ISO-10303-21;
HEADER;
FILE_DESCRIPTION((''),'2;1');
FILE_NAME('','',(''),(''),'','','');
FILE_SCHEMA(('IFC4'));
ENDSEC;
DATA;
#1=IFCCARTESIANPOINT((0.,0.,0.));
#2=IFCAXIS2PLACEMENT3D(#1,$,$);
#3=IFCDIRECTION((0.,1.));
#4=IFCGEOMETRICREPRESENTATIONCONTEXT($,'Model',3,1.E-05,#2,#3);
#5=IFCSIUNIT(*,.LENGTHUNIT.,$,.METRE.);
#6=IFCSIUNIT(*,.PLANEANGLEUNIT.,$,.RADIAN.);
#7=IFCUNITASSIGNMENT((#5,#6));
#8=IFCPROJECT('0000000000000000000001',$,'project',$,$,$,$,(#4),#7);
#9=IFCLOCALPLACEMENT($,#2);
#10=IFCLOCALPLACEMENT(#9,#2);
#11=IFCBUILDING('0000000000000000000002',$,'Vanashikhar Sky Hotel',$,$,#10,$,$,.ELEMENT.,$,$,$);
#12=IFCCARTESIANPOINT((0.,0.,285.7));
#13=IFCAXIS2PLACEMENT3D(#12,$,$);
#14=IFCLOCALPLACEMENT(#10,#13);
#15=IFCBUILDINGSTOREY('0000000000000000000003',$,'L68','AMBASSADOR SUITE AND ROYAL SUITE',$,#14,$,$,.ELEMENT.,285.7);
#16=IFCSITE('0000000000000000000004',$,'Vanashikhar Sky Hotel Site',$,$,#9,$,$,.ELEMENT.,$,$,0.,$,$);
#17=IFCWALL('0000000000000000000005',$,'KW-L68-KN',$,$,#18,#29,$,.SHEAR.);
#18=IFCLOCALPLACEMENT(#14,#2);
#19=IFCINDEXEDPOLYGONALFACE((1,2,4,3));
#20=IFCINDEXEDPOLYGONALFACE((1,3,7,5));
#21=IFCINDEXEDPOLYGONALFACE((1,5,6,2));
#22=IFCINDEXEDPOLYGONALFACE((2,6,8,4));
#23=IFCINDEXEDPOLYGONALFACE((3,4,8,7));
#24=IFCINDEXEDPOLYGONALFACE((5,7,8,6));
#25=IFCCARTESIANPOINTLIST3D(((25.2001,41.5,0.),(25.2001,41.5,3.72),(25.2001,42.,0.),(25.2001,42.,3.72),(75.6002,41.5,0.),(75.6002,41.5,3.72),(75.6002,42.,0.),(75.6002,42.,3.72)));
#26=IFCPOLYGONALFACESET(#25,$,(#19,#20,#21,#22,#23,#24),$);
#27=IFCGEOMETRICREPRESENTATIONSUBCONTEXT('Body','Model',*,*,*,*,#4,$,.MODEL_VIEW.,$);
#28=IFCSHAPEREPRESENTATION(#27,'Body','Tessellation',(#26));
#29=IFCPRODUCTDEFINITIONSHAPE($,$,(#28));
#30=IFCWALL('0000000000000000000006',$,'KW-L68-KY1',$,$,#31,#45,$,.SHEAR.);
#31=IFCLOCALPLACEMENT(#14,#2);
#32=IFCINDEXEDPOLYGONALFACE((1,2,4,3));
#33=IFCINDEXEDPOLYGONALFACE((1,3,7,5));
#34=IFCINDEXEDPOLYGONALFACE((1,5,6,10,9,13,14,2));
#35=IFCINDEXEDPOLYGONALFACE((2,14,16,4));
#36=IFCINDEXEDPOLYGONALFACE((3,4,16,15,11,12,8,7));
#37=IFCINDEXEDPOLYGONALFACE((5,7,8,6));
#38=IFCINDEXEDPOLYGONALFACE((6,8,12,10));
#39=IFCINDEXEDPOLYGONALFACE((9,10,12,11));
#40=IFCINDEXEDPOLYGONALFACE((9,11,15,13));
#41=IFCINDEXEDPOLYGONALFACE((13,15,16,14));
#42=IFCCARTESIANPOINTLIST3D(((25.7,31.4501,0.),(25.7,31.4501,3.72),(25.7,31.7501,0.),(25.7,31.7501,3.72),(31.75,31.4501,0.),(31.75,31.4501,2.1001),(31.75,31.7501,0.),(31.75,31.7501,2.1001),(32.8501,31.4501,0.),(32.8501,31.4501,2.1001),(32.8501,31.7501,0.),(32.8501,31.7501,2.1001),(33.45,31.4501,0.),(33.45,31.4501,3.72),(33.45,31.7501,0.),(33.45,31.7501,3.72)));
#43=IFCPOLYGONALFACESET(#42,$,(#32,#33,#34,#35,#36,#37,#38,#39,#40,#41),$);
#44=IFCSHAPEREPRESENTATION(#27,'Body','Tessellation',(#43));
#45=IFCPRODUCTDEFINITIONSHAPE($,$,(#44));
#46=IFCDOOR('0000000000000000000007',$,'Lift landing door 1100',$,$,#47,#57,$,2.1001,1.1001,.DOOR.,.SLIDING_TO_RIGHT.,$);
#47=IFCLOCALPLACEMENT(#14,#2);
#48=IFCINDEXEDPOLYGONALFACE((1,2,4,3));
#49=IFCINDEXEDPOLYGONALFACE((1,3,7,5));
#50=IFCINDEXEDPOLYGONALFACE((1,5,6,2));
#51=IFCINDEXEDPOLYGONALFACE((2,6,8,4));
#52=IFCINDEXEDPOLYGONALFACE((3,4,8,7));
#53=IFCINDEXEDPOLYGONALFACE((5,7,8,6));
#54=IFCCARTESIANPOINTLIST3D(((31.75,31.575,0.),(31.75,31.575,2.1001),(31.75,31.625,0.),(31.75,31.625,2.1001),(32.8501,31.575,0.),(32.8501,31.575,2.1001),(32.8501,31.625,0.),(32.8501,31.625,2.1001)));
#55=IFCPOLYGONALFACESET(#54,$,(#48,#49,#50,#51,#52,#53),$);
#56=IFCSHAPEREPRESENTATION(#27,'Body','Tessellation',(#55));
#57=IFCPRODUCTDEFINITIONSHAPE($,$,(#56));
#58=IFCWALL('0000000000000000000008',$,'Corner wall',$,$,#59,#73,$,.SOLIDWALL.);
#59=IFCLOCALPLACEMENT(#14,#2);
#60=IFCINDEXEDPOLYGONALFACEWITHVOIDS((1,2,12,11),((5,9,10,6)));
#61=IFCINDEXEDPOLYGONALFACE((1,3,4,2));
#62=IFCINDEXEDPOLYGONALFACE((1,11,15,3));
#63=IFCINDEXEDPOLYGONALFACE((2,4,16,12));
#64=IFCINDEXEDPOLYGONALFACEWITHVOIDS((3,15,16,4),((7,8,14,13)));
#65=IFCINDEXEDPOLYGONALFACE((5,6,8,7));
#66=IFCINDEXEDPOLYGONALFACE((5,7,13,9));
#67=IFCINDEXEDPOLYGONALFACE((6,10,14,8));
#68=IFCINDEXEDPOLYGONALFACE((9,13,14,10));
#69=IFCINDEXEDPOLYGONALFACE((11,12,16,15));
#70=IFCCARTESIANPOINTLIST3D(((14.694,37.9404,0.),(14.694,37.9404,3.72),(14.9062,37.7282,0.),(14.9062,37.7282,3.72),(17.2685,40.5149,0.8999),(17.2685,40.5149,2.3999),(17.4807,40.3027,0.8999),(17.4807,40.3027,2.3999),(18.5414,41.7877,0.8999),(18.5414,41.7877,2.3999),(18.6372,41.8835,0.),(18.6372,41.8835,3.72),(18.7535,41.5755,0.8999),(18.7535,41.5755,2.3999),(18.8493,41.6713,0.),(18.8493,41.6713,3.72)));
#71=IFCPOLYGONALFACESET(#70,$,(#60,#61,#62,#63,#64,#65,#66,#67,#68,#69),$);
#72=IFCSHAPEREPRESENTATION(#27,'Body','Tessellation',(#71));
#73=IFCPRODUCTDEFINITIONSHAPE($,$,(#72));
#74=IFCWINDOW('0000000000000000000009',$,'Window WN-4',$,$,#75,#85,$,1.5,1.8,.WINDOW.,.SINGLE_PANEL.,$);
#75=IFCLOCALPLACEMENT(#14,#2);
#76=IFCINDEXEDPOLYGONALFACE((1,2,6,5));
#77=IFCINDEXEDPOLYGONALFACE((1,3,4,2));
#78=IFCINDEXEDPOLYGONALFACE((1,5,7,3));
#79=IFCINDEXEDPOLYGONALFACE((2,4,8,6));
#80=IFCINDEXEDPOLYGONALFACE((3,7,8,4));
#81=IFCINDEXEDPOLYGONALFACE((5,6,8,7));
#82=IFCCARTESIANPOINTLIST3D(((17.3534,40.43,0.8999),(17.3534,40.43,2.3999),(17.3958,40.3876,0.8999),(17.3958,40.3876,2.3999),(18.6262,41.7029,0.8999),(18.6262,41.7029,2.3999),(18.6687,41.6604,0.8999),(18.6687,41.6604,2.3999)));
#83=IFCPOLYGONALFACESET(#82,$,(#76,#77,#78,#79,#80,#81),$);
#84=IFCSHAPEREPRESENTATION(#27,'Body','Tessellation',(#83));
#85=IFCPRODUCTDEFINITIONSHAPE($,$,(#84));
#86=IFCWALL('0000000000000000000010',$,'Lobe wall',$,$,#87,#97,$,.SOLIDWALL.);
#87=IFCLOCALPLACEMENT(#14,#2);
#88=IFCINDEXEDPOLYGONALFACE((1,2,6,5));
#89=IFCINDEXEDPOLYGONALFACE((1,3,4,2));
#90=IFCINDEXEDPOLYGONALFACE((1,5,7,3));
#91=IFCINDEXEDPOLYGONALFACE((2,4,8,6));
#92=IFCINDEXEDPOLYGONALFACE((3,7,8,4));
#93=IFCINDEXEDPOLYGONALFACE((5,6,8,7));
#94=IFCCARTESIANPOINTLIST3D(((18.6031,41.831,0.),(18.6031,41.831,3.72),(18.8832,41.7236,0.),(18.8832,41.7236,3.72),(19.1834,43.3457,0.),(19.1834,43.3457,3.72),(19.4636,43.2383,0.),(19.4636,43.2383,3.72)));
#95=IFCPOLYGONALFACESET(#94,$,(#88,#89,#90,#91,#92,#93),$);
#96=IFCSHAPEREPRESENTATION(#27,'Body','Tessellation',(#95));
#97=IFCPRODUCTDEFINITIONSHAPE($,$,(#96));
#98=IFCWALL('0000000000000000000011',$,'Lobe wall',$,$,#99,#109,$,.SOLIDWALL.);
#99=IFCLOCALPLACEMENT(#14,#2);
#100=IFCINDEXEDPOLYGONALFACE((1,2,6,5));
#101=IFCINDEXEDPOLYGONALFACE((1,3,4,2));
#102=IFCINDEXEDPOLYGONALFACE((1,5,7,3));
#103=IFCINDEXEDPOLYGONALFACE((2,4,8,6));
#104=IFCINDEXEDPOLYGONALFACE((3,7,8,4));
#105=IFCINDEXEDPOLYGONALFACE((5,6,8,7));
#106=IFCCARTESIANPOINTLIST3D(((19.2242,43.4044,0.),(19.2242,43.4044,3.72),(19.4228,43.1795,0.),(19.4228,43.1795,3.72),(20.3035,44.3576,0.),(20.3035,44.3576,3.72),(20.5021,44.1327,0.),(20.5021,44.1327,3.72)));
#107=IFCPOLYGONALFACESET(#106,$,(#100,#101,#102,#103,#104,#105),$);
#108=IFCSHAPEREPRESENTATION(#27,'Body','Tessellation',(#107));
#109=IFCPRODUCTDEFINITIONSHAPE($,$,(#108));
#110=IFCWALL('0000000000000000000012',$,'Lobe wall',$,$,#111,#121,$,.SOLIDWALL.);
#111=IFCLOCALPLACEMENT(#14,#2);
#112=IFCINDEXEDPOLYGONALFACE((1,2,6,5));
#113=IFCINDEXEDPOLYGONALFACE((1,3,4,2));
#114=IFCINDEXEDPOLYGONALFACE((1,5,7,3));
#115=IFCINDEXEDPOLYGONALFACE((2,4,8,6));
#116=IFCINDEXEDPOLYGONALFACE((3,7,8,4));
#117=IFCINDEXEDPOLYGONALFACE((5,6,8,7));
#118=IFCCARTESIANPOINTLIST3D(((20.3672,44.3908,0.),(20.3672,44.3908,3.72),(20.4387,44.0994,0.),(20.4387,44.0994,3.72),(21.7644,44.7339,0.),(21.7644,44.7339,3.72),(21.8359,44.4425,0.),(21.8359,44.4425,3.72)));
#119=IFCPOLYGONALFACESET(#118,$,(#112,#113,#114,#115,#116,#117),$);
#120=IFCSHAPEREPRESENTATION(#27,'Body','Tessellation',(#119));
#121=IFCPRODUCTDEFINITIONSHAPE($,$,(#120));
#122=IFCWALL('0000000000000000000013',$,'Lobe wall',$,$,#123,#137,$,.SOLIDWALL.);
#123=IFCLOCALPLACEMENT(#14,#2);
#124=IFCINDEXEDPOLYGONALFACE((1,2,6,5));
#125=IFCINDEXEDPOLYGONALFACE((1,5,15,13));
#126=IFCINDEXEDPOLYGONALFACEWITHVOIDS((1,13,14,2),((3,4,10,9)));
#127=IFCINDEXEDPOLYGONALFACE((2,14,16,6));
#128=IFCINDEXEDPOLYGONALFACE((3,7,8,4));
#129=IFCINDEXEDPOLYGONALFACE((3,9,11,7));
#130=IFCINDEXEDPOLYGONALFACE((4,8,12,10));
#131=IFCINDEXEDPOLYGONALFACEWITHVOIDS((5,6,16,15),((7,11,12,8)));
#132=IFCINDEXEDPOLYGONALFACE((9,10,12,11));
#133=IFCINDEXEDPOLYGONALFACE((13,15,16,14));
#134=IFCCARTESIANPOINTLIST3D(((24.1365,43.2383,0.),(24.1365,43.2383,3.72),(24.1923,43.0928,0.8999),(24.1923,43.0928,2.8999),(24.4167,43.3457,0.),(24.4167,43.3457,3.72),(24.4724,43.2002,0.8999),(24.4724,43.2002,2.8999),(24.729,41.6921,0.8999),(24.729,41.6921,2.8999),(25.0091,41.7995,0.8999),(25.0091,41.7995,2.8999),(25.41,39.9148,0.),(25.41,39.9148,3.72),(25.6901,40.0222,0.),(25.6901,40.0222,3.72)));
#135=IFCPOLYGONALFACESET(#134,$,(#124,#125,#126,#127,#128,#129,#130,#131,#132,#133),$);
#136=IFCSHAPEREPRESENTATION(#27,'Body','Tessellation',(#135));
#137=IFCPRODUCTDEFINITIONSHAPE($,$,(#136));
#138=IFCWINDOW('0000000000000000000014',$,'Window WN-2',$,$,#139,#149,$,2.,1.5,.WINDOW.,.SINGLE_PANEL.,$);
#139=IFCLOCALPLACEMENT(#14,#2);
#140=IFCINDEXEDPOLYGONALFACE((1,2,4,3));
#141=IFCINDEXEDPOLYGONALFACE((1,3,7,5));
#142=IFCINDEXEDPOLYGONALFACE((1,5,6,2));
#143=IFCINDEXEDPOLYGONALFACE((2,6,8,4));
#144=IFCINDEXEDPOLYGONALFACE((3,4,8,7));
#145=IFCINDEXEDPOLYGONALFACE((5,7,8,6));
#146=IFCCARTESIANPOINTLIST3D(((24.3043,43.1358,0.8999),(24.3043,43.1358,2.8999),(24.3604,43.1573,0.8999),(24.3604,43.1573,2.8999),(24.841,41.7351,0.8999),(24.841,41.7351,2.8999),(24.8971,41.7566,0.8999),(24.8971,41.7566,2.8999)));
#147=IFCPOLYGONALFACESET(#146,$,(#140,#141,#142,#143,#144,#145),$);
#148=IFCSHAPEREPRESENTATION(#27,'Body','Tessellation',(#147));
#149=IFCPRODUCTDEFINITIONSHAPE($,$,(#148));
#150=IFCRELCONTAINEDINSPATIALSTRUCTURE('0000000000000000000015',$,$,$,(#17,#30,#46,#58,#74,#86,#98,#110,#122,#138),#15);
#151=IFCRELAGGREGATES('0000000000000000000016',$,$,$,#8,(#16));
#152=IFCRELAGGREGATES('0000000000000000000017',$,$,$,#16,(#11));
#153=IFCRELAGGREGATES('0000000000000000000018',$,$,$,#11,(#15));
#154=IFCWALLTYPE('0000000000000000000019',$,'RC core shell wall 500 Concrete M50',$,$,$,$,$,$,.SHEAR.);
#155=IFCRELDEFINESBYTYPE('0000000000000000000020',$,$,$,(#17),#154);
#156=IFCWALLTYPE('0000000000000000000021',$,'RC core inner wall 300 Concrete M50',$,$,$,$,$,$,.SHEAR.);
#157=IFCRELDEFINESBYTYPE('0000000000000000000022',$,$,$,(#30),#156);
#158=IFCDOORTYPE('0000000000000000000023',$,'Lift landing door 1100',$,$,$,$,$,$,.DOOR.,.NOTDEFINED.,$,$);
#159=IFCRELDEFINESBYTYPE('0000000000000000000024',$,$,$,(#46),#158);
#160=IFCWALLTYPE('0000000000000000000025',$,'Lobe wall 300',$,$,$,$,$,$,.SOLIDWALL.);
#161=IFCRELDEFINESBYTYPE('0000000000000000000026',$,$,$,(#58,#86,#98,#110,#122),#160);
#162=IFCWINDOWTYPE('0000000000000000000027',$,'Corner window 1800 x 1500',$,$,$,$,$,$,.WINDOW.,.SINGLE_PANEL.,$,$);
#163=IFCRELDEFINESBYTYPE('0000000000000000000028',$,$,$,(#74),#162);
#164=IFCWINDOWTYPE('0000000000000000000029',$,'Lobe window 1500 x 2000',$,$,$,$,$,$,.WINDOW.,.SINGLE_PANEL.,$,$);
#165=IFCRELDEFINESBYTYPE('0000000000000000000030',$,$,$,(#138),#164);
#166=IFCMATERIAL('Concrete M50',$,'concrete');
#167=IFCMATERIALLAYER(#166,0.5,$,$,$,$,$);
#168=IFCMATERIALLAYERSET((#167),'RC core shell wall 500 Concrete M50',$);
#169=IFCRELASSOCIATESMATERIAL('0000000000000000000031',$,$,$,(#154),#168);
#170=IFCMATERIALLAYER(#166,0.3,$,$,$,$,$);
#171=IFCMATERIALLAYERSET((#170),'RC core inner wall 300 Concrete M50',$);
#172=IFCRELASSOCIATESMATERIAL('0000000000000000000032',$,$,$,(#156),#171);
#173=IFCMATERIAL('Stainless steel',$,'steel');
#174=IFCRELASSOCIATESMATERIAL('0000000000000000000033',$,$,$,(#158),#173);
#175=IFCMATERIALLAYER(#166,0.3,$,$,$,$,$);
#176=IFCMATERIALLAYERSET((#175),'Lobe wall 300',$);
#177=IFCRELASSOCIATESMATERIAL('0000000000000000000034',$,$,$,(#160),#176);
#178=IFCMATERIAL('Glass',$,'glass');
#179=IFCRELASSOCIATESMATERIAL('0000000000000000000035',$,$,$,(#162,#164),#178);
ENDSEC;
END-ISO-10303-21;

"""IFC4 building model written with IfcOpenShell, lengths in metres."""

from ifc_helpers import new_model, si_unit, direction, frame, frame_2d, origin, place, context, subcontext, project, spatial, rectangle, extrude, source, transform, mapped, material, layer, layer_set, type_object, element, fill, save


model = new_model("IFC4")

# Units and contexts
model_context = context("Model", 3, precision=1e-05, world=origin(), true_north=direction((0.0, 1.0)))
body_context = subcontext(model_context, "Body", "Model", "MODEL_VIEW")
ifc_project = project(units=[si_unit("LENGTHUNIT", "METRE"), si_unit("PLANEANGLEUNIT", "RADIAN")], contexts=[model_context])

# Site, building, storey
site_placement = place(None, origin())
site = spatial("IfcSite", under=ifc_project, at=site_placement, Name="Vanashikhar Sky Hotel Site", CompositionType="ELEMENT", RefElevation=0.0)
building_placement = place(site_placement, origin())
building = spatial("IfcBuilding", under=site, at=building_placement, Name="Vanashikhar Sky Hotel", CompositionType="ELEMENT")
storey_placement = place(building_placement, frame((0.0, 0.0, 285.7)))
storey = spatial("IfcBuildingStorey", under=building, at=storey_placement, Name="L68", Description="AMBASSADOR SUITE AND ROYAL SUITE", CompositionType="ELEMENT", Elevation=285.7)

# Wall
ifc_material_1 = material(Name="Concrete M50", Category="concrete")
ifc_layer_1 = layer(ifc_material_1, 0.5)
ifc_layer_set_1 = layer_set([ifc_layer_1], Name="RC core shell wall 500 Concrete M50")
wall_type_1 = type_object("IfcWallType", Name="RC core shell wall 500 Concrete M50", PredefinedType="SHEAR", material=ifc_layer_set_1)
shared_shape_1 = source(origin(), body_context, "Body", "SweptSolid", [
    extrude(rectangle(XDim=50.4001, YDim=0.5, at=frame_2d((25.2002, 0.0))), origin(), (0.0, 0.0, 1.0), 3.72),
])
wall_1_placement = place(storey_placement, frame((25.2, 41.75, 0.0), z_axis=(0.0, 0.0, 1.0), x_axis=(1.0, 0.0, 0.0)))
element("IfcWall", 1, at=wall_1_placement, inside=storey, type_object=wall_type_1, Name="KW-L68-KN", PredefinedType="SHEAR", context=body_context, shape_type="MappedRepresentation", body=[
    mapped(shared_shape_1, transform((0.0, 0.0, 0.0), scale=1.0)),
])

# Wall, opening, door
ifc_layer_2 = layer(ifc_material_1, 0.3)
ifc_layer_set_2 = layer_set([ifc_layer_2], Name="RC core inner wall 300 Concrete M50")
wall_type_2 = type_object("IfcWallType", Name="RC core inner wall 300 Concrete M50", PredefinedType="SHEAR", material=ifc_layer_set_2)
shared_shape_2 = source(origin(), body_context, "Body", "SweptSolid", [
    extrude(rectangle(XDim=7.75, YDim=0.3, at=frame_2d((3.875, 0.0))), origin(), (0.0, 0.0, 1.0), 3.72),
])
wall_2_placement = place(storey_placement, frame((25.7, 31.6001, 0.0), z_axis=(0.0, 0.0, 1.0), x_axis=(1.0, 0.0, 0.0)))
wall_2 = element("IfcWall", 2, at=wall_2_placement, inside=storey, type_object=wall_type_2, Name="KW-L68-KY1", PredefinedType="SHEAR", context=body_context, shape_type="MappedRepresentation", body=[
    mapped(shared_shape_2, transform((0.0, 0.0, 0.0), scale=1.0)),
])
shared_shape_3 = source(origin(), body_context, "Body", "SweptSolid", [
    extrude(rectangle(XDim=1.1001, YDim=2.1001, at=frame_2d((0.55, 1.05))), frame((0.0, 0.1602, 0.0), z_axis=(0.0, -1.0, 0.0), x_axis=(1.0, 0.0, 0.0)), (0.0, 0.0, 1.0), 0.3201),
])
opening_1_placement = place(wall_2_placement, frame((6.05, 0.0, 0.0)))
opening_1 = element("IfcOpeningElement", 3, at=opening_1_placement, cuts=wall_2, PredefinedType="OPENING", context=body_context, shape_type="MappedRepresentation", body=[
    mapped(shared_shape_3, transform((0.0, 0.0, 0.0), scale=1.0)),
])
ifc_material_2 = material(Name="Stainless steel", Category="steel")
door_type_1 = type_object("IfcDoorType", Name="Lift landing door 1100", OperationType="NOTDEFINED", PredefinedType="DOOR", material=ifc_material_2)
shared_shape_4 = source(origin(), body_context, "Body", "SweptSolid", [
    extrude(rectangle(XDim=1.1001, YDim=2.1001, at=frame_2d((0.55, 1.05))), frame((0.0, 0.0249, 0.0), z_axis=(0.0, -1.0, 0.0), x_axis=(1.0, 0.0, 0.0)), (0.0, 0.0, 1.0), 0.05),
])
door_1_placement = place(opening_1_placement, origin())
door_1 = element("IfcDoor", 4, at=door_1_placement, inside=storey, type_object=door_type_1, Name="Lift landing door 1100", OperationType="SLIDING_TO_RIGHT", OverallHeight=2.1001, OverallWidth=1.1001, PredefinedType="DOOR", context=body_context, shape_type="MappedRepresentation", body=[
    mapped(shared_shape_4, transform((0.0, 0.0, 0.0), scale=1.0)),
])
fill(opening_1, door_1)

# Wall, opening, window
ifc_layer_3 = layer(ifc_material_1, 0.3)
ifc_layer_set_3 = layer_set([ifc_layer_3], Name="Lobe wall 300")
wall_type_3 = type_object("IfcWallType", Name="Lobe wall 300", PredefinedType="SOLIDWALL", material=ifc_layer_set_3)
shared_shape_5 = source(origin(), body_context, "Body", "SweptSolid", [
    extrude(rectangle(XDim=5.5764, YDim=0.3, at=frame_2d((2.7881, 0.0))), origin(), (0.0, 0.0, 1.0), 3.72),
])
wall_3_placement = place(storey_placement, frame((18.7432, 41.7773, 0.0), z_axis=(0.0, 0.0, 1.0), x_axis=(-0.707107, -0.707107, 0.0)))
wall_3 = element("IfcWall", 5, at=wall_3_placement, inside=storey, type_object=wall_type_3, Name="Corner wall", PredefinedType="SOLIDWALL", context=body_context, shape_type="MappedRepresentation", body=[
    mapped(shared_shape_5, transform((0.0, 0.0, 0.0), scale=1.0)),
])
shared_shape_6 = source(origin(), body_context, "Body", "SweptSolid", [
    extrude(rectangle(XDim=1.8, YDim=1.5, at=frame_2d((0.8999, 0.75))), frame((0.0, 0.1602, 0.0), z_axis=(0.0, -1.0, 0.0), x_axis=(1.0, 0.0, 0.0)), (0.0, 0.0, 1.0), 0.3201),
])
opening_2_placement = place(wall_3_placement, frame((0.1355, 0.0, 0.8999)))
opening_2 = element("IfcOpeningElement", 6, at=opening_2_placement, cuts=wall_3, PredefinedType="OPENING", context=body_context, shape_type="MappedRepresentation", body=[
    mapped(shared_shape_6, transform((0.0, 0.0, 0.0), scale=1.0)),
])
ifc_material_3 = material(Name="Glass", Category="glass")
window_type_1 = type_object("IfcWindowType", Name="Corner window 1800 x 1500", PartitioningType="SINGLE_PANEL", PredefinedType="WINDOW", material=ifc_material_3)
shared_shape_7 = source(origin(), body_context, "Body", "SweptSolid", [
    extrude(rectangle(XDim=1.8, YDim=1.5, at=frame_2d((0.8999, 0.75))), frame((0.0, 0.03, 0.0), z_axis=(0.0, -1.0, 0.0), x_axis=(1.0, 0.0, 0.0)), (0.0, 0.0, 1.0), 0.0601),
])
window_1_placement = place(opening_2_placement, origin())
window_1 = element("IfcWindow", 7, at=window_1_placement, inside=storey, type_object=window_type_1, Name="Window WN-4", OverallHeight=1.5, OverallWidth=1.8, PartitioningType="SINGLE_PANEL", PredefinedType="WINDOW", context=body_context, shape_type="MappedRepresentation", body=[
    mapped(shared_shape_7, transform((0.0, 0.0, 0.0), scale=1.0)),
])
fill(opening_2, window_1)

# Walls
shared_shape_8 = source(origin(), body_context, "Body", "SweptSolid", [
    extrude(rectangle(XDim=1.6221, YDim=0.3, at=frame_2d((0.811, 0.0))), origin(), (0.0, 0.0, 1.0), 3.72),
])
wall_4_placement = place(storey_placement, frame((19.3235, 43.292, 0.0), z_axis=(0.0, 0.0, 1.0), x_axis=(-0.357779, -0.933806, 0.0)))
element("IfcWall", 8, at=wall_4_placement, inside=storey, type_object=wall_type_3, Name="Lobe wall", PredefinedType="SOLIDWALL", context=body_context, shape_type="MappedRepresentation", body=[
    mapped(shared_shape_8, transform((0.0, 0.0, 0.0), scale=1.0)),
])
shared_shape_9 = source(origin(), body_context, "Body", "SweptSolid", [
    extrude(rectangle(XDim=1.4399, YDim=0.3, at=frame_2d((0.72, 0.0))), origin(), (0.0, 0.0, 1.0), 3.72),
])
wall_5_placement = place(storey_placement, frame((20.4028, 44.2451, 0.0), z_axis=(0.0, 0.0, 1.0), x_axis=(-0.749576, -0.661919, 0.0)))
element("IfcWall", 9, at=wall_5_placement, inside=storey, type_object=wall_type_3, Name="Lobe wall", PredefinedType="SOLIDWALL", context=body_context, shape_type="MappedRepresentation", body=[
    mapped(shared_shape_9, transform((0.0, 0.0, 0.0), scale=1.0)),
])
shared_shape_10 = source(origin(), body_context, "Body", "SweptSolid", [
    extrude(rectangle(XDim=1.4387, YDim=0.3, at=frame_2d((0.7192, 0.0))), origin(), (0.0, 0.0, 1.0), 3.72),
])
wall_6_placement = place(storey_placement, frame((21.8, 44.5881, 0.0), z_axis=(0.0, 0.0, 1.0), x_axis=(-0.971162, -0.238421, 0.0)))
element("IfcWall", 10, at=wall_6_placement, inside=storey, type_object=wall_type_3, Name="Lobe wall", PredefinedType="SOLIDWALL", context=body_context, shape_type="MappedRepresentation", body=[
    mapped(shared_shape_10, transform((0.0, 0.0, 0.0), scale=1.0)),
])

# Wall, opening, window
shared_shape_11 = source(origin(), body_context, "Body", "SweptSolid", [
    extrude(rectangle(XDim=3.5591, YDim=0.3, at=frame_2d((1.7795, 0.0))), origin(), (0.0, 0.0, 1.0), 3.72),
])
wall_7_placement = place(storey_placement, frame((25.55, 39.9685, 0.0), z_axis=(0.0, 0.0, 1.0), x_axis=(-0.357797, 0.933799, 0.0)))
wall_7 = element("IfcWall", 11, at=wall_7_placement, inside=storey, type_object=wall_type_3, Name="Lobe wall", PredefinedType="SOLIDWALL", context=body_context, shape_type="MappedRepresentation", body=[
    mapped(shared_shape_11, transform((0.0, 0.0, 0.0), scale=1.0)),
])
shared_shape_12 = source(origin(), body_context, "Body", "SweptSolid", [
    extrude(rectangle(XDim=1.5, YDim=2.0, at=frame_2d((0.75, 1.0))), frame((0.0, 0.1602, 0.0), z_axis=(0.0, -1.0, 0.0), x_axis=(1.0, 0.0, 0.0)), (0.0, 0.0, 1.0), 0.3201),
])
opening_3_placement = place(wall_7_placement, frame((1.9033, 0.0, 0.8999)))
opening_3 = element("IfcOpeningElement", 12, at=opening_3_placement, cuts=wall_7, PredefinedType="OPENING", context=body_context, shape_type="MappedRepresentation", body=[
    mapped(shared_shape_12, transform((0.0, 0.0, 0.0), scale=1.0)),
])
window_type_2 = type_object("IfcWindowType", Name="Lobe window 1500 x 2000", PartitioningType="SINGLE_PANEL", PredefinedType="WINDOW", material=ifc_material_3)
shared_shape_13 = source(origin(), body_context, "Body", "SweptSolid", [
    extrude(rectangle(XDim=1.5, YDim=2.0, at=frame_2d((0.75, 1.0))), frame((0.0, 0.03, 0.0), z_axis=(0.0, -1.0, 0.0), x_axis=(1.0, 0.0, 0.0)), (0.0, 0.0, 1.0), 0.0601),
])
window_2_placement = place(opening_3_placement, origin())
window_2 = element("IfcWindow", 13, at=window_2_placement, inside=storey, type_object=window_type_2, Name="Window WN-2", OverallHeight=2.0, OverallWidth=1.5, PartitioningType="SINGLE_PANEL", PredefinedType="WINDOW", context=body_context, shape_type="MappedRepresentation", body=[
    mapped(shared_shape_13, transform((0.0, 0.0, 0.0), scale=1.0)),
])
fill(opening_3, window_2)

save(model, "model.ifc")
